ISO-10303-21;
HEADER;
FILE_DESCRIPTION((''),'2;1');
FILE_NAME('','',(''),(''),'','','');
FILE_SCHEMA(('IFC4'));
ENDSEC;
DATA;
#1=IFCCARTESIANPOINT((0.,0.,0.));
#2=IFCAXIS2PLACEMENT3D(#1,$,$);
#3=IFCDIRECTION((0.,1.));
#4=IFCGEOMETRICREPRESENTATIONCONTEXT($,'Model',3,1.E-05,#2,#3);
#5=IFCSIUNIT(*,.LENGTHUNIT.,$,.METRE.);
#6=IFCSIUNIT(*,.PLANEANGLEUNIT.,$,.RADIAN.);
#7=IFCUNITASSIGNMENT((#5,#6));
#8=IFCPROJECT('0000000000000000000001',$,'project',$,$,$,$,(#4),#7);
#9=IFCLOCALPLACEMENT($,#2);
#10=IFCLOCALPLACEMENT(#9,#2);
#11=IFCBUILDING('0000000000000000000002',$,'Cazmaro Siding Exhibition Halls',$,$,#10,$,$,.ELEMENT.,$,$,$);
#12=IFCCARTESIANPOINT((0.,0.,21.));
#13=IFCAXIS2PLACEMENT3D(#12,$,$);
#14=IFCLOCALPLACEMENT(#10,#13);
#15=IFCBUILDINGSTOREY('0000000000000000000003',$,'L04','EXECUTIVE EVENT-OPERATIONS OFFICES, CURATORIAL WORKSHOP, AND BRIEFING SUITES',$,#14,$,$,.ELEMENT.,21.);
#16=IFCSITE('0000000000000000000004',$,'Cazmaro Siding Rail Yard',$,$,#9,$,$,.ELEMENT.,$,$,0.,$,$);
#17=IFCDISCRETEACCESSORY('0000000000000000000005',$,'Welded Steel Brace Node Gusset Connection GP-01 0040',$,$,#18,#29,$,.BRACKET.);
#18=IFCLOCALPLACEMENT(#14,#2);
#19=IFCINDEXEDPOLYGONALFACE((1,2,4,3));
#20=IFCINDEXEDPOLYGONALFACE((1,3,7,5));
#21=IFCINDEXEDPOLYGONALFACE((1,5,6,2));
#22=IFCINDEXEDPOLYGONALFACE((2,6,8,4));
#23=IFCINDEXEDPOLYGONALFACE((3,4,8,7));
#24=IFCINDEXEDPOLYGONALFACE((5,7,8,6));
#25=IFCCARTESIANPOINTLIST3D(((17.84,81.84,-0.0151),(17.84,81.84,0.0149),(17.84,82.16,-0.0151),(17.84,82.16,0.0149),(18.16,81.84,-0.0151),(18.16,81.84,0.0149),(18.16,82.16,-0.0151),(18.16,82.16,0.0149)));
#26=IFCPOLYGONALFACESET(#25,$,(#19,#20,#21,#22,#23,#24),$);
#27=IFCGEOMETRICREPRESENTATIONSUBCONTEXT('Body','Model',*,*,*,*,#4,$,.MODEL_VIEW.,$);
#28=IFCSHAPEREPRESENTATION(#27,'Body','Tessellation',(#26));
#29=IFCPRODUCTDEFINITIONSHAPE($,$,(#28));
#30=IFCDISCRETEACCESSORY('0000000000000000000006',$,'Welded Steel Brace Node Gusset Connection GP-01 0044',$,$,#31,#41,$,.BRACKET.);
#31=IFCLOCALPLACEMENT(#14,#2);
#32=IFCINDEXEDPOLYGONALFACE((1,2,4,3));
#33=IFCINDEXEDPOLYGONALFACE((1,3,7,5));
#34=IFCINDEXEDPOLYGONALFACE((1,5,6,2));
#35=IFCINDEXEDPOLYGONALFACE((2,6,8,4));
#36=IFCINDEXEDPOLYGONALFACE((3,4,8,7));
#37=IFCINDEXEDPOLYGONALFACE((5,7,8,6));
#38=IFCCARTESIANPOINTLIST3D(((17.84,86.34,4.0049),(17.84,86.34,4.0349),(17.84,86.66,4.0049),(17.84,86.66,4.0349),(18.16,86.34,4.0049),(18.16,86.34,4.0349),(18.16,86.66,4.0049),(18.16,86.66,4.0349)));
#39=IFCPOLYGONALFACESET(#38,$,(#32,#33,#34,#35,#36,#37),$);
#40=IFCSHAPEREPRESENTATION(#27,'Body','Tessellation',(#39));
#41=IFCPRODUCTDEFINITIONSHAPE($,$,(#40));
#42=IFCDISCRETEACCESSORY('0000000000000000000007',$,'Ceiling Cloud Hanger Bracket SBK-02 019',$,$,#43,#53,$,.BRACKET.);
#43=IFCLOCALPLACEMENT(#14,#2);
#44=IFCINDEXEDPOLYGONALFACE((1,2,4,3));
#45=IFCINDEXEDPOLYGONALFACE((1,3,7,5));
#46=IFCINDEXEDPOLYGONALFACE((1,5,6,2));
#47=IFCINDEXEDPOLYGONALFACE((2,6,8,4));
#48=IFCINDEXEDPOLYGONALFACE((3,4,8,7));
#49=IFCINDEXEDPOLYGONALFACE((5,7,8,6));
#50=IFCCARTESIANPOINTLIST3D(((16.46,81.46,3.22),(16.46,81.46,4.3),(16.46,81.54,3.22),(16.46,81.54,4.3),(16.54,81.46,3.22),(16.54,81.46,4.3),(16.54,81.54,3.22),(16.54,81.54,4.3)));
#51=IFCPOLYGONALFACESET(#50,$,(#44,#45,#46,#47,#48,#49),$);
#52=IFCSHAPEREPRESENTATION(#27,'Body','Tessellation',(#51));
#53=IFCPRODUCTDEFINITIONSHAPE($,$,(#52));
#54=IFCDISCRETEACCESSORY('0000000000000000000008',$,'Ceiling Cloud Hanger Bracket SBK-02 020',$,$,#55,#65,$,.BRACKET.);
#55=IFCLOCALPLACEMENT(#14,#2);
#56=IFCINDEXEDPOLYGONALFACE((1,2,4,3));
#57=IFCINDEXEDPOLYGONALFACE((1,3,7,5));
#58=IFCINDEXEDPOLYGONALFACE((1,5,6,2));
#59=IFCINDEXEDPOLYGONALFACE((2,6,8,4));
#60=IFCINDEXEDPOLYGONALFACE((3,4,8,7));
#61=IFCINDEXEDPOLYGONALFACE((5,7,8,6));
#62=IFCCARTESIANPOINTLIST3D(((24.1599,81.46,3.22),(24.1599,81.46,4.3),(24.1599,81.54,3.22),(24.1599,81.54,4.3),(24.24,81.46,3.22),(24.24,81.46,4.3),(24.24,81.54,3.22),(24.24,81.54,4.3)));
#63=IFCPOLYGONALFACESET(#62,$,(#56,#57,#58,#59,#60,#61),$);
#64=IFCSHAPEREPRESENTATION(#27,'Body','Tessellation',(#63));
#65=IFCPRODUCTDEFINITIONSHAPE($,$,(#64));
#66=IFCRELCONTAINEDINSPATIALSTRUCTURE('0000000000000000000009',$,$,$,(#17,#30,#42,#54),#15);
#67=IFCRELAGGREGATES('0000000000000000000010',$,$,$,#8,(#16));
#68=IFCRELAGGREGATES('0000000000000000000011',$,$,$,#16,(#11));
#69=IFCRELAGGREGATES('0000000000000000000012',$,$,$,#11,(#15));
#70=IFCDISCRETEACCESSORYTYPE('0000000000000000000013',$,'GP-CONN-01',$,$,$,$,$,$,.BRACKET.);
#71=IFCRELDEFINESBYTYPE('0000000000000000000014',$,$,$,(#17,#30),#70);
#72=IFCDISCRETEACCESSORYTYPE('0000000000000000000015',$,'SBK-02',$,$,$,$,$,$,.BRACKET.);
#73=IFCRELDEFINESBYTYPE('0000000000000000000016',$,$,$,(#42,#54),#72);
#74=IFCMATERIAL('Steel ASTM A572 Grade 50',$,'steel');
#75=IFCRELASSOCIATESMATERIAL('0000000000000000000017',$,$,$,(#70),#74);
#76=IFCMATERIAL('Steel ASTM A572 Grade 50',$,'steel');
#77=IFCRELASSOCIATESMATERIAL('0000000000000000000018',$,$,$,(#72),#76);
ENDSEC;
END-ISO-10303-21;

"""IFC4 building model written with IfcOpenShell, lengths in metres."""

from ifc_helpers import new_model, si_unit, direction, frame, origin, origin_2d, place, context, subcontext, project, spatial, rectangle, extrude, material, type_object, element, save


model = new_model("IFC4")

# Units and contexts
model_context = context("Model", 3, precision=1e-05, world=origin(), true_north=direction((0.0, 1.0)))
body_context = subcontext(model_context, "Body", "Model", "MODEL_VIEW")
ifc_project = project(units=[si_unit("LENGTHUNIT", "METRE"), si_unit("PLANEANGLEUNIT", "RADIAN")], contexts=[model_context])

# Site, building, storey
site_placement = place(None, origin())
site = spatial("IfcSite", under=ifc_project, at=site_placement, Name="Cazmaro Siding Rail Yard", CompositionType="ELEMENT", RefElevation=0.0)
building_placement = place(site_placement, origin())
building = spatial("IfcBuilding", under=site, at=building_placement, Name="Cazmaro Siding Exhibition Halls", CompositionType="ELEMENT")
storey_placement = place(building_placement, frame((0.0, 0.0, 21.0)))
storey = spatial("IfcBuildingStorey", under=building, at=storey_placement, Name="L04", Description="EXECUTIVE EVENT-OPERATIONS OFFICES, CURATORIAL WORKSHOP, AND BRIEFING SUITES", CompositionType="ELEMENT", Elevation=21.0)

# Discrete accessories
ifc_material_1 = material(Name="Steel ASTM A572 Grade 50", Category="steel")
discrete_accessory_type_1 = type_object("IfcDiscreteAccessoryType", Name="GP-CONN-01", PredefinedType="BRACKET", material=ifc_material_1)
for number, where, z_axis, x_axis, name in (
    (1, (18.0, 82.0, -0.0151), (0.0, 0.0, 1.0), (1.0, 0.0, 0.0), "Welded Steel Brace Node Gusset Connection GP-01 0040"),
    (2, (18.0, 86.5, 4.0049), (0.0, 0.0, 1.0), (1.0, 0.0, 0.0), "Welded Steel Brace Node Gusset Connection GP-01 0044"),
):
    element("IfcDiscreteAccessory", number, at=place(storey_placement, frame(where, z_axis=z_axis, x_axis=x_axis)), inside=storey, type_object=discrete_accessory_type_1, Name=name, PredefinedType="BRACKET", context=body_context, shape_type="SweptSolid", body=[
        extrude(rectangle(XDim=0.3201, YDim=0.3201, at=origin_2d()), origin(), (0.0, 0.0, 1.0), 0.03),
    ])
ifc_material_2 = material(Name="Steel ASTM A572 Grade 50", Category="steel")
discrete_accessory_type_2 = type_object("IfcDiscreteAccessoryType", Name="SBK-02", PredefinedType="BRACKET", material=ifc_material_2)
for number, where, z_axis, x_axis, name in (
    (3, (16.5, 81.5, 3.22), (0.0, 0.0, 1.0), (1.0, 0.0, 0.0), "Ceiling Cloud Hanger Bracket SBK-02 019"),
    (4, (24.2, 81.5, 3.22), (0.0, 0.0, 1.0), (1.0, 0.0, 0.0), "Ceiling Cloud Hanger Bracket SBK-02 020"),
):
    element("IfcDiscreteAccessory", number, at=place(storey_placement, frame(where, z_axis=z_axis, x_axis=x_axis)), inside=storey, type_object=discrete_accessory_type_2, Name=name, PredefinedType="BRACKET", context=body_context, shape_type="SweptSolid", body=[
        extrude(rectangle(XDim=0.0801, YDim=0.0801, at=origin_2d()), origin(), (0.0, 0.0, 1.0), 1.0801),
    ])

save(model, "model.ifc")
